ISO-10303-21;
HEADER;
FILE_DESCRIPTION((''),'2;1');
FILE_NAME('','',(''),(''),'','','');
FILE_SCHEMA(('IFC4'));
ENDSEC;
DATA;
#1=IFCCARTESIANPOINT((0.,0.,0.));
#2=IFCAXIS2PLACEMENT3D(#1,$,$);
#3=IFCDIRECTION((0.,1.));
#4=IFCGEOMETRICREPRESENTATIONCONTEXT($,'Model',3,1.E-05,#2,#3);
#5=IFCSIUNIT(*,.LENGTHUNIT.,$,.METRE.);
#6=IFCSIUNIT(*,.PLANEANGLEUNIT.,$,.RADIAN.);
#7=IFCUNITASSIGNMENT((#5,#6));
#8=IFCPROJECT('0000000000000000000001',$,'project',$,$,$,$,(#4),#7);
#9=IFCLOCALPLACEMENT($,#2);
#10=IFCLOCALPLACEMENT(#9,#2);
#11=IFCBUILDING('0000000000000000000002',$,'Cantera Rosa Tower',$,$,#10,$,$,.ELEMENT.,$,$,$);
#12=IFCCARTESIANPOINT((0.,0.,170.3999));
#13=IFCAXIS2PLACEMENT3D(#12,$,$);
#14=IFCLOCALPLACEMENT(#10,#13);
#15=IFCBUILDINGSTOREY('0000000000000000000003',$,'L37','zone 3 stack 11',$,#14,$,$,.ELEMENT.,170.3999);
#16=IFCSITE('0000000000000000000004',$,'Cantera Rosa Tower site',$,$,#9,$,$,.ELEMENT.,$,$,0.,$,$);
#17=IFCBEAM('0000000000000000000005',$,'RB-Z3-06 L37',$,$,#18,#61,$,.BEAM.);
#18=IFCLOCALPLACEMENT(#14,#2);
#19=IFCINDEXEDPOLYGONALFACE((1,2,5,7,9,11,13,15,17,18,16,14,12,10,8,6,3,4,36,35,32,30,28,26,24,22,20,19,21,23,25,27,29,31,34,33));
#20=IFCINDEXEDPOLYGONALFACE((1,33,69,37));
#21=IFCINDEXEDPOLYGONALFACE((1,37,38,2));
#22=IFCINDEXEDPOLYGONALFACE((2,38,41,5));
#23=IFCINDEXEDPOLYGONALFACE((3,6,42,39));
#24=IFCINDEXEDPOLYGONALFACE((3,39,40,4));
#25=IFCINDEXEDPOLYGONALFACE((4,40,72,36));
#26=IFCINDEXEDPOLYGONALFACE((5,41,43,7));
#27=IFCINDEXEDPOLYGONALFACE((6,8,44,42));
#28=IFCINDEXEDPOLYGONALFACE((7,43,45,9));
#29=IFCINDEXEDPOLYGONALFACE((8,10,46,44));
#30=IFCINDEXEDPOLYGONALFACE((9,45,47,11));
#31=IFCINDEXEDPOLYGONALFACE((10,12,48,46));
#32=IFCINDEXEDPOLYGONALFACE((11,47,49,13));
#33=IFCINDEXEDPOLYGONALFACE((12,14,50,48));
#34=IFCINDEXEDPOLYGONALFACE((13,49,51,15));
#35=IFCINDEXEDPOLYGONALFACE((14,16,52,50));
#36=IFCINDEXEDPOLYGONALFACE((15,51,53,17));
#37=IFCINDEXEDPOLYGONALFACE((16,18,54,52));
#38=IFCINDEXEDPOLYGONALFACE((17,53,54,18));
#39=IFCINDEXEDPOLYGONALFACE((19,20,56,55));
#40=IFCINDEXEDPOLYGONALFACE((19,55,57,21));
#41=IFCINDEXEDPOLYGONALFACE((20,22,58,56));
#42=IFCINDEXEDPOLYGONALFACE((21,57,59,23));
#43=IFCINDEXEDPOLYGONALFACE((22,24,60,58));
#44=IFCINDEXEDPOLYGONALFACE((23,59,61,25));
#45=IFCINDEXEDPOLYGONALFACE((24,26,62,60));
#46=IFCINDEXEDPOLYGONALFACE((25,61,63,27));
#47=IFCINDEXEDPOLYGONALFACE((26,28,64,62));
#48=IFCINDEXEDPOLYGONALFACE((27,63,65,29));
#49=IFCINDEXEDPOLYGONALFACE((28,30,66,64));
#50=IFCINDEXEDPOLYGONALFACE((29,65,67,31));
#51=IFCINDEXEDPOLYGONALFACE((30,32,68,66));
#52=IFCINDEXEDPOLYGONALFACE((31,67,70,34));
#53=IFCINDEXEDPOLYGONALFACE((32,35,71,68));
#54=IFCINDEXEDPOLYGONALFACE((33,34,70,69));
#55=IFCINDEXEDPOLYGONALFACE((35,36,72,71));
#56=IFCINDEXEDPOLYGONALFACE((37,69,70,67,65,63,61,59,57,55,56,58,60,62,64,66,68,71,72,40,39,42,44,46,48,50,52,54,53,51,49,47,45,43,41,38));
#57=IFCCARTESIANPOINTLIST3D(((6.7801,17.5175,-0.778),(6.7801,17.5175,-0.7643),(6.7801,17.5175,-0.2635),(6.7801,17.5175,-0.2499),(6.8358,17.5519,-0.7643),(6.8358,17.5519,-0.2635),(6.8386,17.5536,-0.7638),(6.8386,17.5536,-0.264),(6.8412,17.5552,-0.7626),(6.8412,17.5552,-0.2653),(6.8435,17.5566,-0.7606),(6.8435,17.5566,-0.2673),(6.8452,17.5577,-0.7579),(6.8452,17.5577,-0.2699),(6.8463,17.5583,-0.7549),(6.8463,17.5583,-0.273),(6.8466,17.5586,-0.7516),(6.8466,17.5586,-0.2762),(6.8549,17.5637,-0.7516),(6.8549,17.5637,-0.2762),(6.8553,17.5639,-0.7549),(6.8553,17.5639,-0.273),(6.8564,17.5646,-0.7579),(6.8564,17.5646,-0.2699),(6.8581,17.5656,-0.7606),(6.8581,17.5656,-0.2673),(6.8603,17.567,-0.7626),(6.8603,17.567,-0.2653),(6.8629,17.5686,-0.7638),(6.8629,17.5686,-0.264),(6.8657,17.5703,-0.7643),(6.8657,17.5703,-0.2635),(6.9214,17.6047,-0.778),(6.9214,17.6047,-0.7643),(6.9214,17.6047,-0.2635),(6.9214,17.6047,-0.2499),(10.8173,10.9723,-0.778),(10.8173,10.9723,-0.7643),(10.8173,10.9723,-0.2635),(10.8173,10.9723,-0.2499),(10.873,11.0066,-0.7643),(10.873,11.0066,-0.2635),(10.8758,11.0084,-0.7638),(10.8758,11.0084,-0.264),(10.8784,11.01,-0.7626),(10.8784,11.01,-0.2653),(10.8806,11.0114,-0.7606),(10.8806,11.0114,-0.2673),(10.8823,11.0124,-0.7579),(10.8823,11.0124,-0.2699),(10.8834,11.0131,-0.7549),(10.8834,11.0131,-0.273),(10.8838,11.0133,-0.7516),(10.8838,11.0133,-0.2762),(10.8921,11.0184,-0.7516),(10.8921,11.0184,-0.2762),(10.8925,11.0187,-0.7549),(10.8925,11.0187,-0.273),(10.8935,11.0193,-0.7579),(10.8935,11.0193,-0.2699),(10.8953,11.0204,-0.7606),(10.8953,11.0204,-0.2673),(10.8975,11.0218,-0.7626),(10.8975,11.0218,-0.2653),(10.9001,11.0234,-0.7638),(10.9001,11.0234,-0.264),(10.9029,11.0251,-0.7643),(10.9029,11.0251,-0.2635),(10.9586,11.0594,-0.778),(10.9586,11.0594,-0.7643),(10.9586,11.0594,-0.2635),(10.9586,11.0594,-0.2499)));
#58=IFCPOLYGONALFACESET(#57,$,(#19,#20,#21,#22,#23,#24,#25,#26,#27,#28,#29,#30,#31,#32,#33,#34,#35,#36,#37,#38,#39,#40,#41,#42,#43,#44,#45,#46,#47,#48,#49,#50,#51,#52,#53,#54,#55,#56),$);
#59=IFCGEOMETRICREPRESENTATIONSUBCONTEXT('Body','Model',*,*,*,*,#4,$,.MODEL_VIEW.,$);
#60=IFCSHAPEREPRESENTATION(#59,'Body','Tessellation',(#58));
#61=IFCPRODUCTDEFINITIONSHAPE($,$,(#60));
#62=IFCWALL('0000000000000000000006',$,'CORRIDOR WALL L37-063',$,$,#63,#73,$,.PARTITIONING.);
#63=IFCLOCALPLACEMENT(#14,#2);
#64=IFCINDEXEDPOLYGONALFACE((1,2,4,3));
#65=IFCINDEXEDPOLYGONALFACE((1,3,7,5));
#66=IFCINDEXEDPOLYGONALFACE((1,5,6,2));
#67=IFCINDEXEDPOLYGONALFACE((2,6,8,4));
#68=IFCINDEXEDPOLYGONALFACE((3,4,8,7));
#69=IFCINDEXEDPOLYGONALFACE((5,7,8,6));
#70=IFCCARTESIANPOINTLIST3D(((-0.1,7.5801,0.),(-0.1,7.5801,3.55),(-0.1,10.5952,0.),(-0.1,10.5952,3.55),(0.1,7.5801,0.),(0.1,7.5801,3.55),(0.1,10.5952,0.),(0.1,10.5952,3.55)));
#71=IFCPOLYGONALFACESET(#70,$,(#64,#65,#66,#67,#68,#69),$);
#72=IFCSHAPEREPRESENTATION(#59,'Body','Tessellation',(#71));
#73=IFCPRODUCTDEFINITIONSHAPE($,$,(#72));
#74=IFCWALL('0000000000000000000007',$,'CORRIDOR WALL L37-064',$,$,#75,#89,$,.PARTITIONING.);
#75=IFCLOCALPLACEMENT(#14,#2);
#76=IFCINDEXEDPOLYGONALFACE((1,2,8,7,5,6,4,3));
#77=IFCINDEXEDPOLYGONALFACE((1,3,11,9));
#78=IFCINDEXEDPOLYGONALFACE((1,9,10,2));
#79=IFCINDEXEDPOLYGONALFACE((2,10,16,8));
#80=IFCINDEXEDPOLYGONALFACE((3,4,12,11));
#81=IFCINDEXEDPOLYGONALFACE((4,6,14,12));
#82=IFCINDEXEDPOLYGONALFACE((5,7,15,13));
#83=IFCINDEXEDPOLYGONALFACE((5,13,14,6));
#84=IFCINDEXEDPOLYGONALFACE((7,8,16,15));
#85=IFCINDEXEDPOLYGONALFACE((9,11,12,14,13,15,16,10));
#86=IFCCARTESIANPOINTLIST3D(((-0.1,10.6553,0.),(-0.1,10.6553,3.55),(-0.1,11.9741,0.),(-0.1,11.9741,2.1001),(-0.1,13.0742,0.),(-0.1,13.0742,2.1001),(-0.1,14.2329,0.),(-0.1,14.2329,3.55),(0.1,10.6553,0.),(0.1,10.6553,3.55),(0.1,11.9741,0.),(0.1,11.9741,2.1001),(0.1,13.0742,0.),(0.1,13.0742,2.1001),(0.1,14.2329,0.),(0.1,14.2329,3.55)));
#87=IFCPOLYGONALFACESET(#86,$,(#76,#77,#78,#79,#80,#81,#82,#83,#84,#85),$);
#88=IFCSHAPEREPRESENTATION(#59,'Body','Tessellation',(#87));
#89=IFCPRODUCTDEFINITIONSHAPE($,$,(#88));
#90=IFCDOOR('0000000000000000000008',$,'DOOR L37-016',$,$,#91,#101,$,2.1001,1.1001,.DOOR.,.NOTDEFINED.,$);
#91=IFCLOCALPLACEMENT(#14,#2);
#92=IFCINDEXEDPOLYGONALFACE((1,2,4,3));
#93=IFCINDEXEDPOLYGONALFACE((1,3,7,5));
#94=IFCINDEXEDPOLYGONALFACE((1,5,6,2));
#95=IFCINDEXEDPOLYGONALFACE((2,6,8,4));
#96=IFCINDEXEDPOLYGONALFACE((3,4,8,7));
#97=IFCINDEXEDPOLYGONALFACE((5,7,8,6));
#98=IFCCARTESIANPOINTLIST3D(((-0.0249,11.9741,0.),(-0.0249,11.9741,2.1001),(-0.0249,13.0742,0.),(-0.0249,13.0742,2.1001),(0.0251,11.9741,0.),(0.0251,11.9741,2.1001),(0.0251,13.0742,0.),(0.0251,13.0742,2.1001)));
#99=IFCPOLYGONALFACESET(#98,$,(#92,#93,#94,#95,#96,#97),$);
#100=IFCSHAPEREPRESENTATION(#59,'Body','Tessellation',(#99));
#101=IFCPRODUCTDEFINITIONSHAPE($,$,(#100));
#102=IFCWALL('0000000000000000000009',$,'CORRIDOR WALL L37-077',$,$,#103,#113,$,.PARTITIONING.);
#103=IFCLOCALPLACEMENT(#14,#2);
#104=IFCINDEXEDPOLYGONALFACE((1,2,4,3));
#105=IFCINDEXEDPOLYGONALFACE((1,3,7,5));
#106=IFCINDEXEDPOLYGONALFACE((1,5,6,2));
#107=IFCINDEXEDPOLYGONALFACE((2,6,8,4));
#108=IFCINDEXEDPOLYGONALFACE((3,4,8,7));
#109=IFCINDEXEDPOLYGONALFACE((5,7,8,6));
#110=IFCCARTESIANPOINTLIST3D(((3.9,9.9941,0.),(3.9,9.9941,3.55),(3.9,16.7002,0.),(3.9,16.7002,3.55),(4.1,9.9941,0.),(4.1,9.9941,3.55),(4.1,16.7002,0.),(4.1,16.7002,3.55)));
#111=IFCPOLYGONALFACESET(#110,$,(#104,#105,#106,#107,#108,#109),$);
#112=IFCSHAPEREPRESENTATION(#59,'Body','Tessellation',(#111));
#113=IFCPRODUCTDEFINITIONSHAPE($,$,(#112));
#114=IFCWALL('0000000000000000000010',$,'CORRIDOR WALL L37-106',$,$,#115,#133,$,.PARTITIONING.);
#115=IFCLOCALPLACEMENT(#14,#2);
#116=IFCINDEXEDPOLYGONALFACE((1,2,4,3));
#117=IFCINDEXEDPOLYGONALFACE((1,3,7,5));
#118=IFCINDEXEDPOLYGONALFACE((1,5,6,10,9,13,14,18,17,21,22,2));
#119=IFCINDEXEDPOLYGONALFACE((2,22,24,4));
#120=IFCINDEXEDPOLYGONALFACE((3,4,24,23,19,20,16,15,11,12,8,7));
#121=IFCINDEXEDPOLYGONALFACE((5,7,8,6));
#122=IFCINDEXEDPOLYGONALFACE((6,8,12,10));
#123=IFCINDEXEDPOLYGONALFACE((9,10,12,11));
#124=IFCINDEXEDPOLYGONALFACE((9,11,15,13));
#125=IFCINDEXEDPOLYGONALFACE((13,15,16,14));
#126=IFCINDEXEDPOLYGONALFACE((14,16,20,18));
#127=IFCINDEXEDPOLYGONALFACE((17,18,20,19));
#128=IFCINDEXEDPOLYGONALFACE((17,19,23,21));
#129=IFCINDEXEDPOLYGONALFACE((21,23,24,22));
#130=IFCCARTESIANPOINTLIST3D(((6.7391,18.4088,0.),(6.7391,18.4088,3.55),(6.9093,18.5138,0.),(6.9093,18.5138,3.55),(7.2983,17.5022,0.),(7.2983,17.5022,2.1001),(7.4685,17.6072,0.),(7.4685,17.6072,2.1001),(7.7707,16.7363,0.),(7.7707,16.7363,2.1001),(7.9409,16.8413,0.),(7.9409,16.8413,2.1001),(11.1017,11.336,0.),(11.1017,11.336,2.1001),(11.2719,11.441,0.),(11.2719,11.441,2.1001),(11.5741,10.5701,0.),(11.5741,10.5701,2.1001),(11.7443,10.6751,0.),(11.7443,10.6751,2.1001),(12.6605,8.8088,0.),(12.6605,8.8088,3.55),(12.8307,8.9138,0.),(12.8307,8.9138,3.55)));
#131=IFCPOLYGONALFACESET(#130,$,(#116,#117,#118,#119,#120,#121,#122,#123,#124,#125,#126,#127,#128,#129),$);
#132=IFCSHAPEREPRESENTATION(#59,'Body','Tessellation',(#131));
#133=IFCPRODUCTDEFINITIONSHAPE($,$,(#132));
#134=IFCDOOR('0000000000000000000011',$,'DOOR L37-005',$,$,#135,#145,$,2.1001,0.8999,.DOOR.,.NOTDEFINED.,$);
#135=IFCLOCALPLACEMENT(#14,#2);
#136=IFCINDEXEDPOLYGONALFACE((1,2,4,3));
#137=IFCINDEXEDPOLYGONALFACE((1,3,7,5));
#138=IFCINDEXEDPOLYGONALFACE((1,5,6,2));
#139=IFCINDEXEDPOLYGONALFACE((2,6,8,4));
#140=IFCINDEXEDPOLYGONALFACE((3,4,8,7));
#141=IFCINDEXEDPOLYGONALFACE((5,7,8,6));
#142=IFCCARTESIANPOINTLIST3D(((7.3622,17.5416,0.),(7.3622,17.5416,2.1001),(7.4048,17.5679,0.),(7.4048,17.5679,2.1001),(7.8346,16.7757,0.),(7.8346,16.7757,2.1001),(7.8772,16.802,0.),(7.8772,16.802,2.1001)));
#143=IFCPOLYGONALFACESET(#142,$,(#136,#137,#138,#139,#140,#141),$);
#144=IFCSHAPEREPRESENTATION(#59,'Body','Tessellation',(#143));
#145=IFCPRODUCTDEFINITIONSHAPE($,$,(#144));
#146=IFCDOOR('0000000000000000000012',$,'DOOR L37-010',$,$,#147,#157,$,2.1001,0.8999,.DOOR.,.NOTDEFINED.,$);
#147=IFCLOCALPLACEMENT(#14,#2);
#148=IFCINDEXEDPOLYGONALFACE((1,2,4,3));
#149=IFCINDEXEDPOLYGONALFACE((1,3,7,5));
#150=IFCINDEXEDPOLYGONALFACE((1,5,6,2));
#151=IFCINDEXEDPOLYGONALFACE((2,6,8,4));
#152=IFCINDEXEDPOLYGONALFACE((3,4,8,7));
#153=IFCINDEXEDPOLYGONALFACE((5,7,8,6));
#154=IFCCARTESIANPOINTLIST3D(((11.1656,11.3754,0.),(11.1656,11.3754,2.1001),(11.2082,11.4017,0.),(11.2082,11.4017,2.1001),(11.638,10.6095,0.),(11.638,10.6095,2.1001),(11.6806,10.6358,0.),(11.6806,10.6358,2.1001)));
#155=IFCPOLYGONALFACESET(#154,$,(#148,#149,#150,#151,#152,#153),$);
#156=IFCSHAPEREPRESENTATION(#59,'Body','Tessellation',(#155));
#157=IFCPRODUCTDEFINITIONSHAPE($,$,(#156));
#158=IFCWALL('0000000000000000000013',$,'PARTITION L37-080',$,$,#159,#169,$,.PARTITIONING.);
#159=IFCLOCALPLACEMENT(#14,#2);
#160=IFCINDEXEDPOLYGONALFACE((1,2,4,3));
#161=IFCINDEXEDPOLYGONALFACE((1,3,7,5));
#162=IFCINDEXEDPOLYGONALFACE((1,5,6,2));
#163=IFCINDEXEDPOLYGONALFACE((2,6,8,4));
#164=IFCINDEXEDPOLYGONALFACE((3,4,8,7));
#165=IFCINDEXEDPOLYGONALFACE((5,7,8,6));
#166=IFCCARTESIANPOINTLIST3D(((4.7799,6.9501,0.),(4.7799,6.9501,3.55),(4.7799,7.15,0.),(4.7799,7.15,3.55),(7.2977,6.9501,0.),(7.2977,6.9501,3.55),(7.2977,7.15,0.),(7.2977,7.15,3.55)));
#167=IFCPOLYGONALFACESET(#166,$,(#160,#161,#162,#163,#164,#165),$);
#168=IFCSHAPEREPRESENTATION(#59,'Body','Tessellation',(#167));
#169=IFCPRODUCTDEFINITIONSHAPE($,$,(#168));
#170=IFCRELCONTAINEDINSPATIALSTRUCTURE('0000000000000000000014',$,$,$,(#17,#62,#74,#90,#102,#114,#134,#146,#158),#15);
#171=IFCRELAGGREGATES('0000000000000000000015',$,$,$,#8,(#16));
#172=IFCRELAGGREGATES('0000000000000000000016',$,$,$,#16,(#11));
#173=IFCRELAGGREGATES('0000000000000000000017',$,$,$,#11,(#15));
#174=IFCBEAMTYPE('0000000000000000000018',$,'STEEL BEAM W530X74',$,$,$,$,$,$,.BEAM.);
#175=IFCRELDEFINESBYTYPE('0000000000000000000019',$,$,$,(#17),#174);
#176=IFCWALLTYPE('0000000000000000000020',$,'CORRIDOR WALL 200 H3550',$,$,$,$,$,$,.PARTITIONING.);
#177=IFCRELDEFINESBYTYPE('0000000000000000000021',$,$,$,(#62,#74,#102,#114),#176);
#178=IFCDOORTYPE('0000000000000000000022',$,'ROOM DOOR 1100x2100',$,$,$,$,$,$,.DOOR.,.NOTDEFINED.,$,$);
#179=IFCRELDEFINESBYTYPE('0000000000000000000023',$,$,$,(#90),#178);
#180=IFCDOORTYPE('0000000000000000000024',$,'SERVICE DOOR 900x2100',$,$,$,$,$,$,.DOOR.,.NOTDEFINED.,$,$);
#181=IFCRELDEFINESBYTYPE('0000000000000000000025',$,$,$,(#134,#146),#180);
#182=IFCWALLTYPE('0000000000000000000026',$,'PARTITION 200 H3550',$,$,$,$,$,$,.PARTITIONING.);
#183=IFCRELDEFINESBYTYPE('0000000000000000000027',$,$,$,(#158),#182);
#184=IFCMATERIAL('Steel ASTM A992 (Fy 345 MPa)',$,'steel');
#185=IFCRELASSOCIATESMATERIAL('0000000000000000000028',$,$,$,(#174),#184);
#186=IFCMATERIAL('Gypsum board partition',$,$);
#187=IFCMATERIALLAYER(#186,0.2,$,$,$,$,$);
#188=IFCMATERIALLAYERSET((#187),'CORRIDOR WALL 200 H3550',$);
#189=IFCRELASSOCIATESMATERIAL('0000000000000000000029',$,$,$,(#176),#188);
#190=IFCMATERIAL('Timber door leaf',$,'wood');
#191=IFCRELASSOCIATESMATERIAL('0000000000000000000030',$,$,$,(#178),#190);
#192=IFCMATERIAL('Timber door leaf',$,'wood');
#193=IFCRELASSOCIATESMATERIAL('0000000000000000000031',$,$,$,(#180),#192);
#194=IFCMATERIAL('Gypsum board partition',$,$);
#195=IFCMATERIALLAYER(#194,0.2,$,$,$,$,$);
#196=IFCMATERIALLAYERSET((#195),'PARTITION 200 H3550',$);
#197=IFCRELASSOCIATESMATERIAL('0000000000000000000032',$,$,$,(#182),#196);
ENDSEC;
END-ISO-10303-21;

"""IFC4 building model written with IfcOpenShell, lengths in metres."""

from ifc_helpers import new_model, si_unit, direction, frame, frame_2d, origin, origin_2d, place, context, subcontext, project, spatial, rectangle, i_section, extrude, material, layer, layer_set, material_profile, profile_set, type_object, element, fill, save


model = new_model("IFC4")

# Units and contexts
model_context = context("Model", 3, precision=1e-05, world=origin(), true_north=direction((0.0, 1.0)))
body_context = subcontext(model_context, "Body", "Model", "MODEL_VIEW")
ifc_project = project(units=[si_unit("LENGTHUNIT", "METRE"), si_unit("PLANEANGLEUNIT", "RADIAN")], contexts=[model_context])

# Site, building, storey
site_placement = place(None, origin())
site = spatial("IfcSite", under=ifc_project, at=site_placement, Name="Cantera Rosa Tower site", CompositionType="ELEMENT", RefElevation=0.0)
building_placement = place(site_placement, origin())
building = spatial("IfcBuilding", under=site, at=building_placement, Name="Cantera Rosa Tower", CompositionType="ELEMENT")
storey_placement = place(building_placement, frame((0.0, 0.0, 170.3999)))
storey = spatial("IfcBuildingStorey", under=building, at=storey_placement, Name="L37", Description="zone 3 stack 11", CompositionType="ELEMENT", Elevation=170.3999)

# Beam
ifc_material_1 = material(Name="Steel ASTM A992 (Fy 345 MPa)", Category="steel")
ifc_material_profile = material_profile(ifc_material_1, i_section(OverallWidth=0.166, OverallDepth=0.5281, WebThickness=0.0098, FlangeThickness=0.0137, FilletRadius=0.0127, at=origin_2d()), Name="W530X74")
ifc_profile_set = profile_set([ifc_material_profile], Name="Steel ASTM A992 (Fy 345 MPa)")
beam_type = type_object("IfcBeamType", Name="STEEL BEAM W530X74", PredefinedType="BEAM", material=ifc_profile_set)
beam_placement = place(storey_placement, frame((10.8879, 11.0159, -0.5139), z_axis=(-0.524976, 0.851117, 0.0), x_axis=(-0.851117, -0.524976, 0.0)))
element("IfcBeam", 1, at=beam_placement, inside=storey, type_object=beam_type, Name="RB-Z3-06 L37", PredefinedType="BEAM", context=body_context, shape_type="SweptSolid", body=[
    extrude(i_section(OverallWidth=0.166, OverallDepth=0.5281, WebThickness=0.0098, FlangeThickness=0.0137, FilletRadius=0.0127, at=origin_2d()), origin(), (0.0, 0.0, 1.0), 7.6902),
])

# Wall
ifc_material_2 = material(Name="Gypsum board partition")
ifc_layer_1 = layer(ifc_material_2, 0.2)
ifc_layer_set_1 = layer_set([ifc_layer_1], Name="CORRIDOR WALL 200 H3550")
wall_type_1 = type_object("IfcWallType", Name="CORRIDOR WALL 200 H3550", PredefinedType="PARTITIONING", material=ifc_layer_set_1)
wall_1_placement = place(storey_placement, frame((0.0, 7.5801, 0.0), z_axis=(0.0, 0.0, 1.0), x_axis=(0.0, 1.0, 0.0)))
element("IfcWall", 2, at=wall_1_placement, inside=storey, type_object=wall_type_1, Name="CORRIDOR WALL L37-063", PredefinedType="PARTITIONING", context=body_context, shape_type="SweptSolid", body=[
    extrude(rectangle(XDim=3.0151, YDim=0.2, at=frame_2d((1.5076, 0.0))), origin(), (0.0, 0.0, 1.0), 3.55),
])

# Wall, opening, door
wall_2_placement = place(storey_placement, frame((0.0, 10.6553, 0.0), z_axis=(0.0, 0.0, 1.0), x_axis=(0.0, 1.0, 0.0)))
wall_2 = element("IfcWall", 3, at=wall_2_placement, inside=storey, type_object=wall_type_1, Name="CORRIDOR WALL L37-064", PredefinedType="PARTITIONING", context=body_context, shape_type="SweptSolid", body=[
    extrude(rectangle(XDim=3.5776, YDim=0.2, at=frame_2d((1.7888, 0.0))), origin(), (0.0, 0.0, 1.0), 3.55),
])
opening_1_placement = place(wall_2_placement, frame((1.3188, 0.0, 0.0)))
opening_1 = element("IfcOpeningElement", 4, at=opening_1_placement, cuts=wall_2, PredefinedType="OPENING", context=body_context, shape_type="SweptSolid", body=[
    extrude(rectangle(XDim=1.1001, YDim=2.1001, at=frame_2d((0.55, 1.05))), frame((0.0, 0.1099, 0.0), z_axis=(0.0, -1.0, 0.0), x_axis=(1.0, 0.0, 0.0)), (0.0, 0.0, 1.0), 0.22),
])
ifc_material_3 = material(Name="Timber door leaf", Category="wood")
door_type_1 = type_object("IfcDoorType", Name="ROOM DOOR 1100x2100", OperationType="NOTDEFINED", PredefinedType="DOOR", material=ifc_material_3)
door_1_placement = place(opening_1_placement, origin())
door_1 = element("IfcDoor", 5, at=door_1_placement, inside=storey, type_object=door_type_1, Name="DOOR L37-016", OperationType="NOTDEFINED", OverallHeight=2.1001, OverallWidth=1.1001, PredefinedType="DOOR", context=body_context, shape_type="SweptSolid", body=[
    extrude(rectangle(XDim=1.1001, YDim=2.1001, at=frame_2d((0.55, 1.05))), frame((0.0, 0.0249, 0.0), z_axis=(0.0, -1.0, 0.0), x_axis=(1.0, 0.0, 0.0)), (0.0, 0.0, 1.0), 0.05),
])
fill(opening_1, door_1)

# Wall
wall_3_placement = place(storey_placement, frame((4.0, 9.9941, 0.0), z_axis=(0.0, 0.0, 1.0), x_axis=(0.0, 1.0, 0.0)))
element("IfcWall", 6, at=wall_3_placement, inside=storey, type_object=wall_type_1, Name="CORRIDOR WALL L37-077", PredefinedType="PARTITIONING", context=body_context, shape_type="SweptSolid", body=[
    extrude(rectangle(XDim=6.7061, YDim=0.2, at=frame_2d((3.353, 0.0))), origin(), (0.0, 0.0, 1.0), 3.55),
])

# Wall, openings, doors
wall_4_placement = place(storey_placement, frame((12.7456, 8.8613, 0.0), z_axis=(0.0, 0.0, 1.0), x_axis=(-0.524984, 0.851112, 0.0)))
wall_4 = element("IfcWall", 7, at=wall_4_placement, inside=storey, type_object=wall_type_1, Name="CORRIDOR WALL L37-106", PredefinedType="PARTITIONING", context=body_context, shape_type="SweptSolid", body=[
    extrude(rectangle(XDim=11.2793, YDim=0.2, at=frame_2d((5.6396, 0.0))), origin(), (0.0, 0.0, 1.0), 3.55),
])
opening_2_placement = place(wall_4_placement, frame((9.3142, 0.0, 0.0)))
opening_2 = element("IfcOpeningElement", 8, at=opening_2_placement, cuts=wall_4, PredefinedType="OPENING", context=body_context, shape_type="SweptSolid", body=[
    extrude(rectangle(XDim=0.8999, YDim=2.1001, at=frame_2d((0.45, 1.05))), frame((0.0, 0.1099, 0.0), z_axis=(0.0, -1.0, 0.0), x_axis=(1.0, 0.0, 0.0)), (0.0, 0.0, 1.0), 0.22),
])
opening_3_placement = place(wall_4_placement, frame((2.0693, 0.0, 0.0)))
opening_3 = element("IfcOpeningElement", 9, at=opening_3_placement, cuts=wall_4, PredefinedType="OPENING", context=body_context, shape_type="SweptSolid", body=[
    extrude(rectangle(XDim=0.8999, YDim=2.1001, at=frame_2d((0.45, 1.05))), frame((0.0, 0.1099, 0.0), z_axis=(0.0, -1.0, 0.0), x_axis=(1.0, 0.0, 0.0)), (0.0, 0.0, 1.0), 0.22),
])
ifc_material_4 = material(Name="Timber door leaf", Category="wood")
door_type_2 = type_object("IfcDoorType", Name="SERVICE DOOR 900x2100", OperationType="NOTDEFINED", PredefinedType="DOOR", material=ifc_material_4)
door_2_placement = place(opening_2_placement, origin())
door_2 = element("IfcDoor", 10, at=door_2_placement, inside=storey, type_object=door_type_2, Name="DOOR L37-005", OperationType="NOTDEFINED", OverallHeight=2.1001, OverallWidth=0.8999, PredefinedType="DOOR", context=body_context, shape_type="SweptSolid", body=[
    extrude(rectangle(XDim=0.8999, YDim=2.1001, at=frame_2d((0.45, 1.05))), frame((0.0, 0.0249, 0.0), z_axis=(0.0, -1.0, 0.0), x_axis=(1.0, 0.0, 0.0)), (0.0, 0.0, 1.0), 0.05),
])
fill(opening_2, door_2)
door_3_placement = place(opening_3_placement, origin())
door_3 = element("IfcDoor", 11, at=door_3_placement, inside=storey, type_object=door_type_2, Name="DOOR L37-010", OperationType="NOTDEFINED", OverallHeight=2.1001, OverallWidth=0.8999, PredefinedType="DOOR", context=body_context, shape_type="SweptSolid", body=[
    extrude(rectangle(XDim=0.8999, YDim=2.1001, at=frame_2d((0.45, 1.05))), frame((0.0, 0.0249, 0.0), z_axis=(0.0, -1.0, 0.0), x_axis=(1.0, 0.0, 0.0)), (0.0, 0.0, 1.0), 0.05),
])
fill(opening_3, door_3)

# Wall
ifc_material_5 = material(Name="Gypsum board partition")
ifc_layer_2 = layer(ifc_material_5, 0.2)
ifc_layer_set_2 = layer_set([ifc_layer_2], Name="PARTITION 200 H3550")
wall_type_2 = type_object("IfcWallType", Name="PARTITION 200 H3550", PredefinedType="PARTITIONING", material=ifc_layer_set_2)
wall_5_placement = place(storey_placement, frame((4.78, 7.05, 0.0), z_axis=(0.0, 0.0, 1.0), x_axis=(1.0, 0.0, 0.0)))
element("IfcWall", 12, at=wall_5_placement, inside=storey, type_object=wall_type_2, Name="PARTITION L37-080", PredefinedType="PARTITIONING", context=body_context, shape_type="SweptSolid", body=[
    extrude(rectangle(XDim=2.5178, YDim=0.2, at=frame_2d((1.2588, 0.0))), origin(), (0.0, 0.0, 1.0), 3.55),
])

save(model, "model.ifc")
